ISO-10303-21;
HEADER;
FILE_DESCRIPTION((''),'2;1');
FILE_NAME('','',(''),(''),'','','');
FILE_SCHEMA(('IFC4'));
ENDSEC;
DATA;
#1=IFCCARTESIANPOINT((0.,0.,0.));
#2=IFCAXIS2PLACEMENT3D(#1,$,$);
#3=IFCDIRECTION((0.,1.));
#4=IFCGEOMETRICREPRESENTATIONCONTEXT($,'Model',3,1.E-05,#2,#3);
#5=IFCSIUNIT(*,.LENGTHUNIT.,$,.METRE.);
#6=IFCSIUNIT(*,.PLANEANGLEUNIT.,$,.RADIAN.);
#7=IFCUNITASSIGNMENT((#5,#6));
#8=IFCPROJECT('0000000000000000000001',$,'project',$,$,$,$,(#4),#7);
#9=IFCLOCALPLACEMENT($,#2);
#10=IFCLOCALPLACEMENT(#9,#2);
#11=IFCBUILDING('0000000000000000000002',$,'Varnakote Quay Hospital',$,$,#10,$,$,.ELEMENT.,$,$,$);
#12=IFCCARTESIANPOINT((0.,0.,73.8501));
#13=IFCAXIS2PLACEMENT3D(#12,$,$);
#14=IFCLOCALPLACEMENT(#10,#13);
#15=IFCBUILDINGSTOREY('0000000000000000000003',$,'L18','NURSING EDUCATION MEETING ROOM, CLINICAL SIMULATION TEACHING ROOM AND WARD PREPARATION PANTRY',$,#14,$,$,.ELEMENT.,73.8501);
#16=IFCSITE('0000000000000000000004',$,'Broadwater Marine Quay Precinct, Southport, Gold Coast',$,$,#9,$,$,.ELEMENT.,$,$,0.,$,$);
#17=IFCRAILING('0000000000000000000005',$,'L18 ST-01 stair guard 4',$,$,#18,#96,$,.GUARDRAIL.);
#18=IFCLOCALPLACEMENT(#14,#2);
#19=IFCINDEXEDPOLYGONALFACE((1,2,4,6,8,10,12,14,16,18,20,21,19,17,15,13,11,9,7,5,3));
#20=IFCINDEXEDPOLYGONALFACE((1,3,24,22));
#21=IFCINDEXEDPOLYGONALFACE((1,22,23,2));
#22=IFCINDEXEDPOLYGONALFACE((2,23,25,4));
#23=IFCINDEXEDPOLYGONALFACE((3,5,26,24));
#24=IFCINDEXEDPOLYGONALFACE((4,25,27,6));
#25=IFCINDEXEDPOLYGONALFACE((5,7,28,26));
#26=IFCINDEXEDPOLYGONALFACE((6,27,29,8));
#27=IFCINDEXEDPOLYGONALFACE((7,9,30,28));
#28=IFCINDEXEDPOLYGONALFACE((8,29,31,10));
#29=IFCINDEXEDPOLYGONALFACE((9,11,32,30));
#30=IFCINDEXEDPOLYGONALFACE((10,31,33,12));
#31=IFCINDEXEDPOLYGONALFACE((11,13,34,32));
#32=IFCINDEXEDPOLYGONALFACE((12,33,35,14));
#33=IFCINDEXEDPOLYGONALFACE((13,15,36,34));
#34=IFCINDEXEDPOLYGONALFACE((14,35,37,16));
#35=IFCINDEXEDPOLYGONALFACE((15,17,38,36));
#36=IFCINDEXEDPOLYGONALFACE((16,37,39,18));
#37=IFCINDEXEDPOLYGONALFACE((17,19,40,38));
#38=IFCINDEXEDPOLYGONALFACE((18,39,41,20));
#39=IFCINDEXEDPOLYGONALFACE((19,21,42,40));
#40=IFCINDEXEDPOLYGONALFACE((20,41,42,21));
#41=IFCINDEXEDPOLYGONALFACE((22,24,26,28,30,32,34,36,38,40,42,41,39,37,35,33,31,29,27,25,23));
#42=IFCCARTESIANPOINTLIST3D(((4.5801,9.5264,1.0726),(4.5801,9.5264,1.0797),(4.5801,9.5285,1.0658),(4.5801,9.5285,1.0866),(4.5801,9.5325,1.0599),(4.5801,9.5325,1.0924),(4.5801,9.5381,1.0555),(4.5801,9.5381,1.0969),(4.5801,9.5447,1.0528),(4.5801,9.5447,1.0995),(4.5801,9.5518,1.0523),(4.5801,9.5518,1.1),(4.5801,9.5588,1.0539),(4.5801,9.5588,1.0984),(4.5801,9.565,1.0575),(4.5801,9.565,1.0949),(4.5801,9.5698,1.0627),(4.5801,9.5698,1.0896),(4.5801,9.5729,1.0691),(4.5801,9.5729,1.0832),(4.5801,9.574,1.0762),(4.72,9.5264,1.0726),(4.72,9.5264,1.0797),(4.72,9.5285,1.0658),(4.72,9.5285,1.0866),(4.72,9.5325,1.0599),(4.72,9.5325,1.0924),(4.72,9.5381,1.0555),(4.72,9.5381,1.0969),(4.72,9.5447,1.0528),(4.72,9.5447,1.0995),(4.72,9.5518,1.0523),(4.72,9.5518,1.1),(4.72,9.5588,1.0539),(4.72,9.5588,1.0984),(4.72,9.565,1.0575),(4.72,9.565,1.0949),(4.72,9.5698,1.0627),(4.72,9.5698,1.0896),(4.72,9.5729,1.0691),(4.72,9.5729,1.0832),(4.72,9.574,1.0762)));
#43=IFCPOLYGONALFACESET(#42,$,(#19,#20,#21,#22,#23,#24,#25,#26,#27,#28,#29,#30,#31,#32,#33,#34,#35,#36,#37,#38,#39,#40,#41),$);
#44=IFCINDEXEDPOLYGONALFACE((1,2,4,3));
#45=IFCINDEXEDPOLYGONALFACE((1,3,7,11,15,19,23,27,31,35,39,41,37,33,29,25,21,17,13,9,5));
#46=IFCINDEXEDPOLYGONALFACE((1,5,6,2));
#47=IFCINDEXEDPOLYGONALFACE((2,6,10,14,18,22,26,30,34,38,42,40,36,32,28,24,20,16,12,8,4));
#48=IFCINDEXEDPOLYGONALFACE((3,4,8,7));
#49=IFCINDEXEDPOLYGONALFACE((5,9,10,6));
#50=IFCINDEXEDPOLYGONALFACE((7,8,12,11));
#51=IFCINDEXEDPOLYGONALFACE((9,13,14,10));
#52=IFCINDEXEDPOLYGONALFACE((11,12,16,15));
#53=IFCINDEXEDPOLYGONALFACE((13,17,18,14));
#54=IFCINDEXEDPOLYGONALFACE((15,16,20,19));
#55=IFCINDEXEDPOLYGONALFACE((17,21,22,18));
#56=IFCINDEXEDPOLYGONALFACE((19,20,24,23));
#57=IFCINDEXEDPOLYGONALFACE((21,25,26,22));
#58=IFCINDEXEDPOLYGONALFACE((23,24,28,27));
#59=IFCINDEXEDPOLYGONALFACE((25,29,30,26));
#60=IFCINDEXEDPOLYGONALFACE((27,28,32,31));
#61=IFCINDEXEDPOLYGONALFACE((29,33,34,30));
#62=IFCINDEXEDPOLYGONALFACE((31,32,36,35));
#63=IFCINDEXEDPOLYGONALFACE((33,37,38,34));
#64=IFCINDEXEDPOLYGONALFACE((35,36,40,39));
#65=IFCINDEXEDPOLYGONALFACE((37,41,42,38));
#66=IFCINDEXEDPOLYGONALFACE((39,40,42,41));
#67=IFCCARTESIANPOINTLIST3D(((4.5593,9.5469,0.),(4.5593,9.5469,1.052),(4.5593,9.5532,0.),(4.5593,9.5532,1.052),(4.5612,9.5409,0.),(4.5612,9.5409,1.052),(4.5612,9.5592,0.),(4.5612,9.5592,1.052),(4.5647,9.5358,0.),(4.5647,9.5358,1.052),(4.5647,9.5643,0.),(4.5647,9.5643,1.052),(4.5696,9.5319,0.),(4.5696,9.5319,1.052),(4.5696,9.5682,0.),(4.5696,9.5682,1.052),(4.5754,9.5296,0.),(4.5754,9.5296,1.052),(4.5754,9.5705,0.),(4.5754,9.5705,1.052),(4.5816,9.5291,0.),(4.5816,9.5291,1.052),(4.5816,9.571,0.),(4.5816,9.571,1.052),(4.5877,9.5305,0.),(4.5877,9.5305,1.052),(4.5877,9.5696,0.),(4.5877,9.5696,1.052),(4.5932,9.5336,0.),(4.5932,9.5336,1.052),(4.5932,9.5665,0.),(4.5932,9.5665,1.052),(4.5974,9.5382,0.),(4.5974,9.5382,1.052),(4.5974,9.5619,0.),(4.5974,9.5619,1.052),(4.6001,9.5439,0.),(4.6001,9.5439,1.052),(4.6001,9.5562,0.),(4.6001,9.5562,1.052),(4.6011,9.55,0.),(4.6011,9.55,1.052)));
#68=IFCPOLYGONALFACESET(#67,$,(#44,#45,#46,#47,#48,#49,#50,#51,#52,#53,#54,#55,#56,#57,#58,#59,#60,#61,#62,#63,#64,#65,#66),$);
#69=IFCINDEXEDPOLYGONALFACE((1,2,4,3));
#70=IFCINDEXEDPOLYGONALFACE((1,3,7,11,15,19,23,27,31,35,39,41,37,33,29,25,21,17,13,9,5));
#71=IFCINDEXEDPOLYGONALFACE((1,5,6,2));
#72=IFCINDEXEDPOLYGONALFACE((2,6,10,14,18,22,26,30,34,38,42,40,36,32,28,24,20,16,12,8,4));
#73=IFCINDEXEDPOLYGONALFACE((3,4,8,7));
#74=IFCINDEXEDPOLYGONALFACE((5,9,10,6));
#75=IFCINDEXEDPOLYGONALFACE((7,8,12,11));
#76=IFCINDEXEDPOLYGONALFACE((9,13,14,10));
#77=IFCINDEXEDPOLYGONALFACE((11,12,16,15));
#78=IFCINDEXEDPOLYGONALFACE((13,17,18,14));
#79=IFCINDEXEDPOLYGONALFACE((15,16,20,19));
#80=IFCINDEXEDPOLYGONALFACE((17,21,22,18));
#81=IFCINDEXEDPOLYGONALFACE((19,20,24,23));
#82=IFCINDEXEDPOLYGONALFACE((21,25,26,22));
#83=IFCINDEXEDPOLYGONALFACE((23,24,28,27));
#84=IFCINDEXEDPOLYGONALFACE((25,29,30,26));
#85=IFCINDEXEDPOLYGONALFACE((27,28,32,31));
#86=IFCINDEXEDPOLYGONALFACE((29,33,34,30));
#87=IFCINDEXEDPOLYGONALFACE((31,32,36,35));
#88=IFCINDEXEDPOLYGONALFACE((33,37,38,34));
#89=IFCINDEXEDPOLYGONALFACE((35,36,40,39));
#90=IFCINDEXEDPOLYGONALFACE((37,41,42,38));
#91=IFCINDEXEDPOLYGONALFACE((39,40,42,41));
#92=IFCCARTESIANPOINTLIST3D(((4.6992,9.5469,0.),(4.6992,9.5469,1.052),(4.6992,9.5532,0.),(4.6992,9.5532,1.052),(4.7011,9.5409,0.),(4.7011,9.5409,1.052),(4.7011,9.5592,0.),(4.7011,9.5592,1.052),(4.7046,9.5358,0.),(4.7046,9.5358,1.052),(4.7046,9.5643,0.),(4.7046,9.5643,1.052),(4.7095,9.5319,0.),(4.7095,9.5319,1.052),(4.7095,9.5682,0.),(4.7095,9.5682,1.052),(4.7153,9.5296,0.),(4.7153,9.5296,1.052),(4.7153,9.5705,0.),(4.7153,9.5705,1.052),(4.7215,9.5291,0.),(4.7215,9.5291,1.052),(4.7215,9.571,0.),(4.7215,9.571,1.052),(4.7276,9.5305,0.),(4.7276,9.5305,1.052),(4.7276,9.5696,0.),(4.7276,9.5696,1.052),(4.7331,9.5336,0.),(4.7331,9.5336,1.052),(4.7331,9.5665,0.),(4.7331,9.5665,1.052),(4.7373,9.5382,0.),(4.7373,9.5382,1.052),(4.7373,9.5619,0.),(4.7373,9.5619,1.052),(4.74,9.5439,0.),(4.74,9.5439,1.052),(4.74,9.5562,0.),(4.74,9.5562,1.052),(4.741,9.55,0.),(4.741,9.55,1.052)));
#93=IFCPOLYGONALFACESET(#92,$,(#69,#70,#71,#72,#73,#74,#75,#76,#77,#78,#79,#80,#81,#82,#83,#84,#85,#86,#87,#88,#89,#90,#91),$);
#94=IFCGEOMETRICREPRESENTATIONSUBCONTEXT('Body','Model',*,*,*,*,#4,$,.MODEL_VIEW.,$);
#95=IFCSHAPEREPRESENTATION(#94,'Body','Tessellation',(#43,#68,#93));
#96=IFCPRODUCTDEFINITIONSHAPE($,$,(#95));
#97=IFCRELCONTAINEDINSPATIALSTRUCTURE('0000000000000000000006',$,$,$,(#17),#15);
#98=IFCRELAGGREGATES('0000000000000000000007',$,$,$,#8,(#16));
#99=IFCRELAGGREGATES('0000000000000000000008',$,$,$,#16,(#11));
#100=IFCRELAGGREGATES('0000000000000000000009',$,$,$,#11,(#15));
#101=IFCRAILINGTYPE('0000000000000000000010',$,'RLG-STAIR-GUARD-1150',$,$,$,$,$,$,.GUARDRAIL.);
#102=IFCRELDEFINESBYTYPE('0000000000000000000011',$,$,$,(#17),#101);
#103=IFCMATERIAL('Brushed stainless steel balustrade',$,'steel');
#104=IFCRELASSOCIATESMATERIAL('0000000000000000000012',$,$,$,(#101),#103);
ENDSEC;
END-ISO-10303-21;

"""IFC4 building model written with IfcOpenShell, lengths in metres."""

from ifc_helpers import new_model, si_unit, direction, frame, origin, origin_2d, place, context, subcontext, project, spatial, circle, extrude, material, type_object, element, save


model = new_model("IFC4")

# Units and contexts
model_context = context("Model", 3, precision=1e-05, world=origin(), true_north=direction((0.0, 1.0)))
body_context = subcontext(model_context, "Body", "Model", "MODEL_VIEW")
ifc_project = project(units=[si_unit("LENGTHUNIT", "METRE"), si_unit("PLANEANGLEUNIT", "RADIAN")], contexts=[model_context])

# Site, building, storey
site_placement = place(None, origin())
site = spatial("IfcSite", under=ifc_project, at=site_placement, Name="Broadwater Marine Quay Precinct, Southport, Gold Coast", CompositionType="ELEMENT", RefElevation=0.0)
building_placement = place(site_placement, origin())
building = spatial("IfcBuilding", under=site, at=building_placement, Name="Varnakote Quay Hospital", CompositionType="ELEMENT")
storey_placement = place(building_placement, frame((0.0, 0.0, 73.8501)))
storey = spatial("IfcBuildingStorey", under=building, at=storey_placement, Name="L18", Description="NURSING EDUCATION MEETING ROOM, CLINICAL SIMULATION TEACHING ROOM AND WARD PREPARATION PANTRY", CompositionType="ELEMENT", Elevation=73.8501)

# Railing
ifc_material_1 = material(Name="Brushed stainless steel balustrade", Category="steel")
railing_type_1 = type_object("IfcRailingType", Name="RLG-STAIR-GUARD-1150", PredefinedType="GUARDRAIL", material=ifc_material_1)
railing_1_placement = place(storey_placement, frame((4.5801, 9.55, 0.0)))
element("IfcRailing", 1, at=railing_1_placement, inside=storey, type_object=railing_type_1, Name="L18 ST-01 stair guard 4", PredefinedType="GUARDRAIL", context=body_context, shape_type="SweptSolid", body=[
    extrude(circle(Radius=0.0239, at=origin_2d()), frame((0.0, 0.0, 1.0762), z_axis=(1.0, 0.0, 0.0), x_axis=(0.0, 1.0, 0.0)), (0.0, 0.0, 1.0), 0.1399),
    extrude(circle(Radius=0.021, at=origin_2d()), origin(), (0.0, 0.0, 1.0), 1.052),
    extrude(circle(Radius=0.021, at=origin_2d()), frame((0.1399, 0.0, 0.0)), (0.0, 0.0, 1.0), 1.052),
])

save(model, "model.ifc")
